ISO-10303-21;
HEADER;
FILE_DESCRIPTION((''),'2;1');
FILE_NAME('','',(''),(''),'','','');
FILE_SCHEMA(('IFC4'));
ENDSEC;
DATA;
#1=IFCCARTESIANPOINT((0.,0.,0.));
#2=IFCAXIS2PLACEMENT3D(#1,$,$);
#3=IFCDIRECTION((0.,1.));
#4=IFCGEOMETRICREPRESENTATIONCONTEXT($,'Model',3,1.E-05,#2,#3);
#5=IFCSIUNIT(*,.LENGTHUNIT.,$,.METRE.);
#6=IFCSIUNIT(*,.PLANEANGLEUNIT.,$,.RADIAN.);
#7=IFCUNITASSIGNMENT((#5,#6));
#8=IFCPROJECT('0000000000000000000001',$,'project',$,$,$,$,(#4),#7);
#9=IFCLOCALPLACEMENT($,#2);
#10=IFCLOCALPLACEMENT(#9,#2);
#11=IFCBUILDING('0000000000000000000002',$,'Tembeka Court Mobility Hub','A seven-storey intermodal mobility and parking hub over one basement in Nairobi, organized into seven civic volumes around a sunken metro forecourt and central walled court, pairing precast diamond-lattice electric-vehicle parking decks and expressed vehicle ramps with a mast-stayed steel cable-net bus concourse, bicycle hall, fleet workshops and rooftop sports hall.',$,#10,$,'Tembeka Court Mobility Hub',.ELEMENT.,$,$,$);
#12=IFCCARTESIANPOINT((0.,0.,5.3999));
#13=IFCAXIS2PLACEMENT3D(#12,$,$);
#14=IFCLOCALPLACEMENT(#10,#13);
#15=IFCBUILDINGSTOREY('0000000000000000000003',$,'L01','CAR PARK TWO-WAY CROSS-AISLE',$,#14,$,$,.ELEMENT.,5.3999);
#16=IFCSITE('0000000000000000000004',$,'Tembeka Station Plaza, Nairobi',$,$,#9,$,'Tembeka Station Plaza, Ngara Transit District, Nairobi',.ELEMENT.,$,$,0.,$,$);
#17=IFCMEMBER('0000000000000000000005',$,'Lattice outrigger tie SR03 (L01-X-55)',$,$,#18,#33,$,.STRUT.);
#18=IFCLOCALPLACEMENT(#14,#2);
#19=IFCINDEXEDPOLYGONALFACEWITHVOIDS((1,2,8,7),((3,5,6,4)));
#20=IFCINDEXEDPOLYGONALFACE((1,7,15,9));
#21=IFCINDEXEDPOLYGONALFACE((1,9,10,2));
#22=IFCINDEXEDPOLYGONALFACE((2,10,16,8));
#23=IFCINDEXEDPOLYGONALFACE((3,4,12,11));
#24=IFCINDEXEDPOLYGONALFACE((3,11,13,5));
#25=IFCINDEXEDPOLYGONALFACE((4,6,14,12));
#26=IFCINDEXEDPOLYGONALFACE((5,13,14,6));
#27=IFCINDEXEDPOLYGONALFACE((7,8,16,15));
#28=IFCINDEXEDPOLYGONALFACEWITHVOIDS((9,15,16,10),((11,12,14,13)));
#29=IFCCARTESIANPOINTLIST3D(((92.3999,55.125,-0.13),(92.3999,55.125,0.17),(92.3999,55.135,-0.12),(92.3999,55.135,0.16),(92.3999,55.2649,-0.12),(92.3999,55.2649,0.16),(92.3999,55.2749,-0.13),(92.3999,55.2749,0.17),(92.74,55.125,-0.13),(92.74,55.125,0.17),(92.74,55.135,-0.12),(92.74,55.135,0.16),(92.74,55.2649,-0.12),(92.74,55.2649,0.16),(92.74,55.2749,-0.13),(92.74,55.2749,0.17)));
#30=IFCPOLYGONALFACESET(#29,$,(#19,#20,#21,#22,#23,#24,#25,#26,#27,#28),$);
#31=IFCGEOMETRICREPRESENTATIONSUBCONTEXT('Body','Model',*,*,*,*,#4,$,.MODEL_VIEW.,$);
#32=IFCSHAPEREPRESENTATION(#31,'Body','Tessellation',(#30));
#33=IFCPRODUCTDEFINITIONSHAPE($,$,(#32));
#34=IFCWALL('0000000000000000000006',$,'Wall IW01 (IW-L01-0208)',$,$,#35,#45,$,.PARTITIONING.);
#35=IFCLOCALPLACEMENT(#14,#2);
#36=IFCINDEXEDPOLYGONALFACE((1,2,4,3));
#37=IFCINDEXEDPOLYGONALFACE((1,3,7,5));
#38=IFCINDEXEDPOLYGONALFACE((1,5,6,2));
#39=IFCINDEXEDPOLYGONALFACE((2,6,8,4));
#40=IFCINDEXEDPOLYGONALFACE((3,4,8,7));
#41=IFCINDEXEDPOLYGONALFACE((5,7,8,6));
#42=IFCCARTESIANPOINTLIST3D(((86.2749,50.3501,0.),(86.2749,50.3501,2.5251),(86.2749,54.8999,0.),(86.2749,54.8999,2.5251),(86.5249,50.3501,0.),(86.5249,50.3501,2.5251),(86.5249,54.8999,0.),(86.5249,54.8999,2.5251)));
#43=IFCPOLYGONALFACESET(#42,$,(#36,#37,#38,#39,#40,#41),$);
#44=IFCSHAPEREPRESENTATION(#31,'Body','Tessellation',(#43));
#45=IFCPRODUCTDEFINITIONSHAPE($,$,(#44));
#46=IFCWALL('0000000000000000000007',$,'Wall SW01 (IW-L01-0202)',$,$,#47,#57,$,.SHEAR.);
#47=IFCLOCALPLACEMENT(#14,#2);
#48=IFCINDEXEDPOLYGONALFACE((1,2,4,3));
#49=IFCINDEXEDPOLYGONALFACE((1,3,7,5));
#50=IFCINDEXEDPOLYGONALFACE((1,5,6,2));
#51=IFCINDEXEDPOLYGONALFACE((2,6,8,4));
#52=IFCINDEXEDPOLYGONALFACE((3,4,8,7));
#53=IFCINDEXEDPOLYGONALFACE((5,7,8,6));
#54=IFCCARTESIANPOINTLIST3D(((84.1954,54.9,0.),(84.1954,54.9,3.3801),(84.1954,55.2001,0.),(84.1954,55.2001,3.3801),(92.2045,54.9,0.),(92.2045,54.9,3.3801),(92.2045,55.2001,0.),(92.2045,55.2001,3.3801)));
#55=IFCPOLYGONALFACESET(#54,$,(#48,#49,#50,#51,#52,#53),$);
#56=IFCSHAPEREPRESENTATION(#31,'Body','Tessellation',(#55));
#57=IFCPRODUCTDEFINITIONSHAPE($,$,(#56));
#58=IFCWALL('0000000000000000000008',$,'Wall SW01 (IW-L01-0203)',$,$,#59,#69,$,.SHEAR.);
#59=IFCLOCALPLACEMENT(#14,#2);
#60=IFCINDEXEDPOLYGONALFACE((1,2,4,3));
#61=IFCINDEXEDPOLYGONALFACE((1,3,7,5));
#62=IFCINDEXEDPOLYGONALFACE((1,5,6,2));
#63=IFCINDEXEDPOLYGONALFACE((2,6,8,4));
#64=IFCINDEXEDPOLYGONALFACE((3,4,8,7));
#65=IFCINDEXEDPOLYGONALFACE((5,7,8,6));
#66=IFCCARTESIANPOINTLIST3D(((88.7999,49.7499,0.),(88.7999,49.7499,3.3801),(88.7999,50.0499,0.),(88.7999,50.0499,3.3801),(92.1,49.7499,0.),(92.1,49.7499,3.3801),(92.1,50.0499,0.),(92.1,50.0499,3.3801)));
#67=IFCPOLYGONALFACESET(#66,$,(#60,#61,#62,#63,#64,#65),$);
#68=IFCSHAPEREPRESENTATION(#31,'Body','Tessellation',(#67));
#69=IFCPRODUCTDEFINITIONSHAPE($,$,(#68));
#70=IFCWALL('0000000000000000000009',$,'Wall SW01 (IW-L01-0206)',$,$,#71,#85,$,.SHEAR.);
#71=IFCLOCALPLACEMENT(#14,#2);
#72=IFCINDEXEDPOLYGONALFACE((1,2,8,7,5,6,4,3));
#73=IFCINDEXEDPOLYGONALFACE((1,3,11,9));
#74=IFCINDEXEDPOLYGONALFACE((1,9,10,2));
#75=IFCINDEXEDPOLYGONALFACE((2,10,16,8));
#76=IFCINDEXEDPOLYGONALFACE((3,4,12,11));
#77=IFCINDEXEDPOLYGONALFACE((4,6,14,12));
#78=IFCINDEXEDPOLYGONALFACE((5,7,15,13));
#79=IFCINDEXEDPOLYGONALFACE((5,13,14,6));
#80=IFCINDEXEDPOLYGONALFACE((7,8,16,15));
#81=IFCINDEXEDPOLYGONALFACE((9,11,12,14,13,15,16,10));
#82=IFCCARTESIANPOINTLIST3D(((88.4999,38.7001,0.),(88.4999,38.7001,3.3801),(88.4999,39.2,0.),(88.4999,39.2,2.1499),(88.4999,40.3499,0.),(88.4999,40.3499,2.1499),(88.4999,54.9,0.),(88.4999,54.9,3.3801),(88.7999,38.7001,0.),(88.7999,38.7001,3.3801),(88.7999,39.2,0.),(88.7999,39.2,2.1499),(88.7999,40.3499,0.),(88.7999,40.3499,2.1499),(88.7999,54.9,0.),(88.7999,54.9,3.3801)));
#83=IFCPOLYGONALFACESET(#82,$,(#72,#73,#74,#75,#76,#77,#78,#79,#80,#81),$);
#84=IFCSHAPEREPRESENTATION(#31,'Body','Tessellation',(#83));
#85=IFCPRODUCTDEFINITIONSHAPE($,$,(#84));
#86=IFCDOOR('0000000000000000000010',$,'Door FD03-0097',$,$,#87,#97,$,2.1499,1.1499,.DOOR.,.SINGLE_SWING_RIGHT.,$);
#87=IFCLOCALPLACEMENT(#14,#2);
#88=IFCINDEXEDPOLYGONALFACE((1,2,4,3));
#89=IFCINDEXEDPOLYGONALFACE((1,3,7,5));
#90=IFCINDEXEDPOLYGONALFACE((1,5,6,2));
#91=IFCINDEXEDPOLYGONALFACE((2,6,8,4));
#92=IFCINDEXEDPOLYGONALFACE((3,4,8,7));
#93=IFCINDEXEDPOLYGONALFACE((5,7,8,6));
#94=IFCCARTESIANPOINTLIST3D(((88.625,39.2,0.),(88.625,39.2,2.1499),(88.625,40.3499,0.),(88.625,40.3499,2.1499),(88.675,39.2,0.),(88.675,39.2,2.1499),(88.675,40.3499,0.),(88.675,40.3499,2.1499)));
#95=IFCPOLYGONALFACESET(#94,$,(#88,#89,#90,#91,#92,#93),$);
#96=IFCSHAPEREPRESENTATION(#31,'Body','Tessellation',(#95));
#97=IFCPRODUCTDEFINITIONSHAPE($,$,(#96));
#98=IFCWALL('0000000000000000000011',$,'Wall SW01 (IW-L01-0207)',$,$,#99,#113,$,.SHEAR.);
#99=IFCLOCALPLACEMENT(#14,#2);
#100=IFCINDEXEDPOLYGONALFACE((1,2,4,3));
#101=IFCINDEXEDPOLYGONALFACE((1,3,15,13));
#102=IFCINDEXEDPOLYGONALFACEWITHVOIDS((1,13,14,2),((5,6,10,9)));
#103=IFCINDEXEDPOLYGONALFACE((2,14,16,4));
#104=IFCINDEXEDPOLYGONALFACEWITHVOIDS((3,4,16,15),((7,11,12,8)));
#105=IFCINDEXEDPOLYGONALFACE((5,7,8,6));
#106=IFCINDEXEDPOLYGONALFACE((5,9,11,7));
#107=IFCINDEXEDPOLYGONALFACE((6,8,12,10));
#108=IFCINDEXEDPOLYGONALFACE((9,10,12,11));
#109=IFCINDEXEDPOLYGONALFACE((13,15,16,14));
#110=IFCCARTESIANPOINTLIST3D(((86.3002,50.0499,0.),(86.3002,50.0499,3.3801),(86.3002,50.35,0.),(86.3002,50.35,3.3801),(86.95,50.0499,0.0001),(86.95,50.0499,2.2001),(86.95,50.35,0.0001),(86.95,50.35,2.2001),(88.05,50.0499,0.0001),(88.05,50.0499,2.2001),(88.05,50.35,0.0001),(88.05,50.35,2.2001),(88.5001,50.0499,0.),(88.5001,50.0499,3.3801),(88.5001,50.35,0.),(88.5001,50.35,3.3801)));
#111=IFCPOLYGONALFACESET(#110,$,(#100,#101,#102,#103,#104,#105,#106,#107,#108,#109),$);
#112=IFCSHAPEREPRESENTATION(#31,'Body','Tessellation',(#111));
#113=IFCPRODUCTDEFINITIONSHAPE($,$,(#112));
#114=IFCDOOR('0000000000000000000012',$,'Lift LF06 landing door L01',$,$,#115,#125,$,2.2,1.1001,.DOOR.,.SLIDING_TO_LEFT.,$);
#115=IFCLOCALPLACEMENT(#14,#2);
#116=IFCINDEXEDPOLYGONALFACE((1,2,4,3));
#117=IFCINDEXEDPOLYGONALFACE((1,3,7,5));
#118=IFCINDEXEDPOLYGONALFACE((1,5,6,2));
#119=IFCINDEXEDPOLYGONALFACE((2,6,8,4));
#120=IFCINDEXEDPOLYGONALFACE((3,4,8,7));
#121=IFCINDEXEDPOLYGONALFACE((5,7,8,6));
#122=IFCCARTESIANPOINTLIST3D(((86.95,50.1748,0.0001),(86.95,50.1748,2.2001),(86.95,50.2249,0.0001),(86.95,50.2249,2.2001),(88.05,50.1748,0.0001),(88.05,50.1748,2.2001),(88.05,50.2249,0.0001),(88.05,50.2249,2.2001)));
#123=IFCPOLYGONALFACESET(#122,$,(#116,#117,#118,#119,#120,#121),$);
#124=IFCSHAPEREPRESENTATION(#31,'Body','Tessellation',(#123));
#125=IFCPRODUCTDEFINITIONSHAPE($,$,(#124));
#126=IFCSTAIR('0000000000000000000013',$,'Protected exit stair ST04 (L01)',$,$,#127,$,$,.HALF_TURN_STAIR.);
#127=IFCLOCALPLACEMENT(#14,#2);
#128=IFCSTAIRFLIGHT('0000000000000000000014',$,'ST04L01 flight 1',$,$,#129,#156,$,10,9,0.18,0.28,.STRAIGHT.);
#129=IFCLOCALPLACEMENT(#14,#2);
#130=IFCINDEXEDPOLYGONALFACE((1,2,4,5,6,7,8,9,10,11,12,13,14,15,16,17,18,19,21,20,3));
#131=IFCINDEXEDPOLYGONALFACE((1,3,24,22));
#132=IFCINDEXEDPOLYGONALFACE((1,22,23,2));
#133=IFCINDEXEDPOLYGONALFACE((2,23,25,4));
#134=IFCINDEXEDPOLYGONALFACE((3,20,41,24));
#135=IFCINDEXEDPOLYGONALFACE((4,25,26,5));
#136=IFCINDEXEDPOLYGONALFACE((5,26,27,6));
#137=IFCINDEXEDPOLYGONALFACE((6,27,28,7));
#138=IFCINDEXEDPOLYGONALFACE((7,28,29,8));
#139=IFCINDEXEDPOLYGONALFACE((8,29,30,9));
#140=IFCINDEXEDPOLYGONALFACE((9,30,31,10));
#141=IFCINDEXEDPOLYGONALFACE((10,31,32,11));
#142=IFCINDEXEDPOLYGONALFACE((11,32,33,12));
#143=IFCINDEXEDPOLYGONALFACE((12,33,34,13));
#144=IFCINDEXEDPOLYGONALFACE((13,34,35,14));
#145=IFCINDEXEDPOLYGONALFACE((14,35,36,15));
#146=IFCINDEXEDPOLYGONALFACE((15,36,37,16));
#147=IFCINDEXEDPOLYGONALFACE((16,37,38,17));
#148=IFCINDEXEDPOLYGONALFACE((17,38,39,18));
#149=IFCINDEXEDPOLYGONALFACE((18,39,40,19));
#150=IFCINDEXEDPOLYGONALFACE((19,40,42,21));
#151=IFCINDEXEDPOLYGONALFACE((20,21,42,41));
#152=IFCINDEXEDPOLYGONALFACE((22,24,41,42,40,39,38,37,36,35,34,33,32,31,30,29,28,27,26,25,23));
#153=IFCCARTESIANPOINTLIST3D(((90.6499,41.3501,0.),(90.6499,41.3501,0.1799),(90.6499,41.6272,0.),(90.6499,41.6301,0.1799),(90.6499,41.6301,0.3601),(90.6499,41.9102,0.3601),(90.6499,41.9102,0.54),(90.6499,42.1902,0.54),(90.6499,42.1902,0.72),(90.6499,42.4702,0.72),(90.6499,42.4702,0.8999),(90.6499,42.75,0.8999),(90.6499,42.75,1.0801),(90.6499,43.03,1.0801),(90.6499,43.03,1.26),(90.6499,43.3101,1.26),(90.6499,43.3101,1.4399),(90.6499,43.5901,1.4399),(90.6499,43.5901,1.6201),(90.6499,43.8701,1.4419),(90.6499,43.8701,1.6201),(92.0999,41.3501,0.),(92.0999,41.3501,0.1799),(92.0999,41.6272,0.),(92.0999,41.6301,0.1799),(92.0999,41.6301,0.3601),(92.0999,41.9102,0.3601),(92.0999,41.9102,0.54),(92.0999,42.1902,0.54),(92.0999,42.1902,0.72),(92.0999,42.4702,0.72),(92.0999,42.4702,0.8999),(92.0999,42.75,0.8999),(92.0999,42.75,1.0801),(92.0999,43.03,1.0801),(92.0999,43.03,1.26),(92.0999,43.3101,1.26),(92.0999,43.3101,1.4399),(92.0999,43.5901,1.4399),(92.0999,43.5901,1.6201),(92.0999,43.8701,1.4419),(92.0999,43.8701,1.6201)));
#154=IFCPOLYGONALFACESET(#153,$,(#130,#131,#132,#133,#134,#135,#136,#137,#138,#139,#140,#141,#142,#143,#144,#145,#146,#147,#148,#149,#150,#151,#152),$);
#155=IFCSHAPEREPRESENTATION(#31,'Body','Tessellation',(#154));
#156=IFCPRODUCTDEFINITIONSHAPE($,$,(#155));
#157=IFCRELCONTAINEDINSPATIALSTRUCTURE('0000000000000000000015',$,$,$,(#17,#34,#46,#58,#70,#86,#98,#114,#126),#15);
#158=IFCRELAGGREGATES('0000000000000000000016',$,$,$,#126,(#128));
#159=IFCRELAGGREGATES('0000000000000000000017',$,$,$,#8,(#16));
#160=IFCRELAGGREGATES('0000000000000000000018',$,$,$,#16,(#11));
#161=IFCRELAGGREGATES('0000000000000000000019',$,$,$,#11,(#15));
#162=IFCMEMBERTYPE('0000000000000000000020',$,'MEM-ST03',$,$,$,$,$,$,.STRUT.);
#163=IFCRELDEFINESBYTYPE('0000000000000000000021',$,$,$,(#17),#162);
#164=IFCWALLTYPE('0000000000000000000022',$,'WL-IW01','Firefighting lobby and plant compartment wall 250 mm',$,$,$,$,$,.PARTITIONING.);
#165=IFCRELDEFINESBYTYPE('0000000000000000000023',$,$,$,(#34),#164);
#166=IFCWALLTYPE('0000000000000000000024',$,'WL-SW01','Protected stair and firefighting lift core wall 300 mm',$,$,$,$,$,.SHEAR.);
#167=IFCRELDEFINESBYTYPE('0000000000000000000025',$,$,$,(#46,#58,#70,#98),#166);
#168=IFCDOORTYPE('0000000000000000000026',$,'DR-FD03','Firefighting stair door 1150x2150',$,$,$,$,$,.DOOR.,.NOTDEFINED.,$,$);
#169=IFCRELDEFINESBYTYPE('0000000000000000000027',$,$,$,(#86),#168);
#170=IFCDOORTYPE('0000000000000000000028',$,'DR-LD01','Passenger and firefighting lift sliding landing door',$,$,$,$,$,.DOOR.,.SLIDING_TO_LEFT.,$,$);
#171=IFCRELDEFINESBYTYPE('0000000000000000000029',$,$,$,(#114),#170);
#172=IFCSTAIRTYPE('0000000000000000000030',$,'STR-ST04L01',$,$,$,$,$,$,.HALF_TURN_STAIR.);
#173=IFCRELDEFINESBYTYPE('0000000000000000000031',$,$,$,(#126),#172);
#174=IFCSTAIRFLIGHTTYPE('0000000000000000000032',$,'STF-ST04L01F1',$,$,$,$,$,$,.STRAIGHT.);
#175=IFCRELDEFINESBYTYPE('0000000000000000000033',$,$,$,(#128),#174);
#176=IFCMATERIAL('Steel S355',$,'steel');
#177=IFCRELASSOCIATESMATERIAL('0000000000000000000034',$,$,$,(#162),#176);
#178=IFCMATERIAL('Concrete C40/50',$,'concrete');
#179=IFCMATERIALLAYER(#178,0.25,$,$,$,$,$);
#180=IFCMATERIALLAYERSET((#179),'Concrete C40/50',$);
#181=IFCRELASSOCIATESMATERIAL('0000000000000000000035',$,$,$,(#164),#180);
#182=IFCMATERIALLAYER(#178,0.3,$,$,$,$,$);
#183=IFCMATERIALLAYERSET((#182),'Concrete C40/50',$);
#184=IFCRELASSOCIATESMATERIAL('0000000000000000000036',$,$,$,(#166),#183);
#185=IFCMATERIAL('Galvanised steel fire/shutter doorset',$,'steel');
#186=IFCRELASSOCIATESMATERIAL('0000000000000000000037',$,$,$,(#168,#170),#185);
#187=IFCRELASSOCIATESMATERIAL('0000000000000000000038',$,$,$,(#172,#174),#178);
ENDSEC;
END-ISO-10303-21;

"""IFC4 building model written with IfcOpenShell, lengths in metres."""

from ifc_helpers import new_model, si_unit, direction, frame, frame_2d, origin, origin_2d, place, context, subcontext, project, spatial, polyline, rectangle, hollow_rectangle, outline, extrude, material, layer, layer_set, material_profile, profile_set, type_object, element, fill, aggregate, save


model = new_model("IFC4")

# Units and contexts
model_context = context("Model", 3, precision=1e-05, world=origin(), true_north=direction((0.0, 1.0)))
body_context = subcontext(model_context, "Body", "Model", "MODEL_VIEW")
ifc_project = project(units=[si_unit("LENGTHUNIT", "METRE"), si_unit("PLANEANGLEUNIT", "RADIAN")], contexts=[model_context])

# Site, building, storey
site_placement = place(None, origin())
site = spatial("IfcSite", under=ifc_project, at=site_placement, Name="Tembeka Station Plaza, Nairobi", LongName="Tembeka Station Plaza, Ngara Transit District, Nairobi", CompositionType="ELEMENT", RefElevation=0.0)
building_placement = place(site_placement, origin())
building = spatial("IfcBuilding", under=site, at=building_placement, Name="Tembeka Court Mobility Hub", Description="A seven-storey intermodal mobility and parking hub over one basement in Nairobi, organized into seven civic volumes around a sunken metro forecourt and central walled court, pairing precast diamond-lattice electric-vehicle parking decks and expressed vehicle ramps with a mast-stayed steel cable-net bus concourse, bicycle hall, fleet workshops and rooftop sports hall.", LongName="Tembeka Court Mobility Hub", CompositionType="ELEMENT")
storey_placement = place(building_placement, frame((0.0, 0.0, 5.3999)))
storey = spatial("IfcBuildingStorey", under=building, at=storey_placement, Name="L01", Description="CAR PARK TWO-WAY CROSS-AISLE", CompositionType="ELEMENT", Elevation=5.3999)

# Shared definitions
ifc_material_1 = material(Name="Steel S355", Category="steel")

# Member
ifc_material_profile_1 = material_profile(ifc_material_1, hollow_rectangle(XDim=0.1499, YDim=0.3, WallThickness=0.01, at=origin_2d()), Name="RHS 300x150x10")
ifc_profile_set_1 = profile_set([ifc_material_profile_1], Name="Steel S355")
member_type = type_object("IfcMemberType", Name="MEM-ST03", PredefinedType="STRUT", material=ifc_profile_set_1)
for number, where, z_axis, x_axis, name in (
    (1, (92.3999, 55.2, 0.02), (1.0, 0.0, 0.0), (0.0, 1.0, 0.0), "Lattice outrigger tie SR03 (L01-X-55)"),
):
    element("IfcMember", number, at=place(storey_placement, frame(where, z_axis=z_axis, x_axis=x_axis)), inside=storey, type_object=member_type, Name=name, PredefinedType="STRUT", context=body_context, shape_type="SweptSolid", body=[
        extrude(hollow_rectangle(XDim=0.1499, YDim=0.3, WallThickness=0.01, at=origin_2d()), origin(), (0.0, 0.0, 1.0), 0.3401),
    ])

# Walls
ifc_material_2 = material(Name="Concrete C40/50", Category="concrete")
ifc_layer_1 = layer(ifc_material_2, 0.25)
ifc_layer_set_1 = layer_set([ifc_layer_1], Name="Concrete C40/50")
wall_type_1 = type_object("IfcWallType", Name="WL-IW01", Description="Firefighting lobby and plant compartment wall 250 mm", PredefinedType="PARTITIONING", material=ifc_layer_set_1)
wall_1_placement = place(storey_placement, frame((86.3999, 50.3501, 0.0), z_axis=(0.0, 0.0, 1.0), x_axis=(0.0, 1.0, 0.0)))
element("IfcWall", 2, at=wall_1_placement, inside=storey, type_object=wall_type_1, Name="Wall IW01 (IW-L01-0208)", PredefinedType="PARTITIONING", context=body_context, shape_type="SweptSolid", body=[
    extrude(rectangle(XDim=4.5498, YDim=0.25, at=frame_2d((2.2749, 0.0))), origin(), (0.0, 0.0, 1.0), 2.5251),
])
ifc_layer_2 = layer(ifc_material_2, 0.3)
ifc_layer_set_2 = layer_set([ifc_layer_2], Name="Concrete C40/50")
wall_type_2 = type_object("IfcWallType", Name="WL-SW01", Description="Protected stair and firefighting lift core wall 300 mm", PredefinedType="SHEAR", material=ifc_layer_set_2)
wall_2_placement = place(storey_placement, frame((84.1956, 55.05, 0.0), z_axis=(0.0, 0.0, 1.0), x_axis=(1.0, 0.0, 0.0)))
element("IfcWall", 3, at=wall_2_placement, inside=storey, type_object=wall_type_2, Name="Wall SW01 (IW-L01-0202)", PredefinedType="SHEAR", context=body_context, shape_type="SweptSolid", body=[
    extrude(rectangle(XDim=8.009, YDim=0.3, at=frame_2d((4.0044, 0.0))), origin(), (0.0, 0.0, 1.0), 3.3801),
])
wall_3_placement = place(storey_placement, frame((88.8, 49.8999, 0.0), z_axis=(0.0, 0.0, 1.0), x_axis=(1.0, 0.0, 0.0)))
element("IfcWall", 4, at=wall_3_placement, inside=storey, type_object=wall_type_2, Name="Wall SW01 (IW-L01-0203)", PredefinedType="SHEAR", context=body_context, shape_type="SweptSolid", body=[
    extrude(rectangle(XDim=3.3, YDim=0.3, at=frame_2d((1.6499, 0.0))), origin(), (0.0, 0.0, 1.0), 3.3801),
])

# Walls, openings, doors
wall_4_placement = place(storey_placement, frame((88.6499, 38.7, 0.0), z_axis=(0.0, 0.0, 1.0), x_axis=(0.0, 1.0, 0.0)))
wall_4 = element("IfcWall", 5, at=wall_4_placement, inside=storey, type_object=wall_type_2, Name="Wall SW01 (IW-L01-0206)", PredefinedType="SHEAR", context=body_context, shape_type="SweptSolid", body=[
    extrude(rectangle(XDim=16.2, YDim=0.3, at=frame_2d((8.1001, 0.0))), origin(), (0.0, 0.0, 1.0), 3.3801),
])
opening_1_placement = place(wall_4_placement, frame((0.5, 0.0, 0.0)))
opening_1 = element("IfcOpeningElement", 6, at=opening_1_placement, cuts=wall_4, PredefinedType="OPENING", context=body_context, shape_type="SweptSolid", body=[
    extrude(rectangle(XDim=1.1499, YDim=2.1499, at=frame_2d((0.575, 1.075))), frame((0.0, 0.1602, 0.0), z_axis=(0.0, -1.0, 0.0), x_axis=(1.0, 0.0, 0.0)), (0.0, 0.0, 1.0), 0.3201),
])
ifc_material_3 = material(Name="Galvanised steel fire/shutter doorset", Category="steel")
door_type_1 = type_object("IfcDoorType", Name="DR-FD03", Description="Firefighting stair door 1150x2150", OperationType="NOTDEFINED", PredefinedType="DOOR", material=ifc_material_3)
door_1_placement = place(opening_1_placement, origin())
door_1 = element("IfcDoor", 7, at=door_1_placement, inside=storey, type_object=door_type_1, Name="Door FD03-0097", OperationType="SINGLE_SWING_RIGHT", OverallHeight=2.1499, OverallWidth=1.1499, PredefinedType="DOOR", context=body_context, shape_type="SweptSolid", body=[
    extrude(rectangle(XDim=1.1499, YDim=2.1499, at=frame_2d((0.575, 1.075))), frame((0.0, 0.0249, 0.0), z_axis=(0.0, -1.0, 0.0), x_axis=(1.0, 0.0, 0.0)), (0.0, 0.0, 1.0), 0.05),
])
fill(opening_1, door_1)
wall_5_placement = place(storey_placement, frame((86.3, 50.2, 0.0), z_axis=(0.0, 0.0, 1.0), x_axis=(1.0, 0.0, 0.0)))
wall_5 = element("IfcWall", 8, at=wall_5_placement, inside=storey, type_object=wall_type_2, Name="Wall SW01 (IW-L01-0207)", PredefinedType="SHEAR", context=body_context, shape_type="SweptSolid", body=[
    extrude(rectangle(XDim=2.2, YDim=0.3, at=frame_2d((1.1001, 0.0))), origin(), (0.0, 0.0, 1.0), 3.3801),
])
opening_2_placement = place(wall_5_placement, frame((0.6499, 0.0, 0.0)))
opening_2 = element("IfcOpeningElement", 9, at=opening_2_placement, cuts=wall_5, PredefinedType="OPENING", context=body_context, shape_type="SweptSolid", body=[
    extrude(rectangle(XDim=1.1001, YDim=2.2, at=frame_2d((0.55, 1.1001))), frame((0.0, 0.1602, 0.0), z_axis=(0.0, -1.0, 0.0), x_axis=(1.0, 0.0, 0.0)), (0.0, 0.0, 1.0), 0.3201),
])
door_type_2 = type_object("IfcDoorType", Name="DR-LD01", Description="Passenger and firefighting lift sliding landing door", OperationType="SLIDING_TO_LEFT", PredefinedType="DOOR", material=ifc_material_3)
door_2_placement = place(opening_2_placement, origin())
door_2 = element("IfcDoor", 10, at=door_2_placement, inside=storey, type_object=door_type_2, Name="Lift LF06 landing door L01", OperationType="SLIDING_TO_LEFT", OverallHeight=2.2, OverallWidth=1.1001, PredefinedType="DOOR", context=body_context, shape_type="SweptSolid", body=[
    extrude(rectangle(XDim=1.1001, YDim=2.2, at=frame_2d((0.55, 1.1001))), frame((0.0, 0.0249, 0.0), z_axis=(0.0, -1.0, 0.0), x_axis=(1.0, 0.0, 0.0)), (0.0, 0.0, 1.0), 0.05),
])
fill(opening_2, door_2)

# Stair, stair flight
stair_type = type_object("IfcStairType", Name="STR-ST04L01", PredefinedType="HALF_TURN_STAIR", material=ifc_material_2)
stair_placement = place(storey_placement, origin())
stair = element("IfcStair", 11, at=stair_placement, inside=storey, type_object=stair_type, Name="Protected exit stair ST04 (L01)", PredefinedType="HALF_TURN_STAIR")
stair_flight_type_1 = type_object("IfcStairFlightType", Name="STF-ST04L01F1", PredefinedType="STRAIGHT", material=ifc_material_2)
stair_flight_1_placement = place(storey_placement, frame((91.375, 41.3501, 0.0), z_axis=(0.0, 0.0, 1.0), x_axis=(0.0, 1.0, 0.0)))
stair_flight_1 = element("IfcStairFlight", 12, at=stair_flight_1_placement, type_object=stair_flight_type_1, Name="ST04L01 flight 1", NumberOfRisers=10, NumberOfTreads=9, PredefinedType="STRAIGHT", RiserHeight=0.18, TreadLength=0.28, context=body_context, shape_type="SweptSolid", body=[
    extrude(outline(polyline([(0.0, 0.0), (0.0, 0.1799), (0.28, 0.1799), (0.28, 0.3601), (0.5601, 0.3601), (0.5601, 0.54), (0.8401, 0.54), (0.8401, 0.72), (1.1201, 0.72), (1.1201, 0.8999), (1.3999, 0.8999), (1.3999, 1.0801), (1.6799, 1.0801), (1.6799, 1.26), (1.96, 1.26), (1.96, 1.4399), (2.24, 1.4399), (2.24, 1.6201), (2.52, 1.6201), (2.52, 1.8), (2.52, 1.4419), (0.2771, 0.0), (0.0, 0.0)])), frame((0.0, 0.7251, 0.0), z_axis=(0.0, -1.0, 0.0), x_axis=(1.0, 0.0, 0.0)), (0.0, 0.0, 1.0), 1.45),
])
aggregate(stair, [stair_flight_1])

save(model, "model.ifc")
